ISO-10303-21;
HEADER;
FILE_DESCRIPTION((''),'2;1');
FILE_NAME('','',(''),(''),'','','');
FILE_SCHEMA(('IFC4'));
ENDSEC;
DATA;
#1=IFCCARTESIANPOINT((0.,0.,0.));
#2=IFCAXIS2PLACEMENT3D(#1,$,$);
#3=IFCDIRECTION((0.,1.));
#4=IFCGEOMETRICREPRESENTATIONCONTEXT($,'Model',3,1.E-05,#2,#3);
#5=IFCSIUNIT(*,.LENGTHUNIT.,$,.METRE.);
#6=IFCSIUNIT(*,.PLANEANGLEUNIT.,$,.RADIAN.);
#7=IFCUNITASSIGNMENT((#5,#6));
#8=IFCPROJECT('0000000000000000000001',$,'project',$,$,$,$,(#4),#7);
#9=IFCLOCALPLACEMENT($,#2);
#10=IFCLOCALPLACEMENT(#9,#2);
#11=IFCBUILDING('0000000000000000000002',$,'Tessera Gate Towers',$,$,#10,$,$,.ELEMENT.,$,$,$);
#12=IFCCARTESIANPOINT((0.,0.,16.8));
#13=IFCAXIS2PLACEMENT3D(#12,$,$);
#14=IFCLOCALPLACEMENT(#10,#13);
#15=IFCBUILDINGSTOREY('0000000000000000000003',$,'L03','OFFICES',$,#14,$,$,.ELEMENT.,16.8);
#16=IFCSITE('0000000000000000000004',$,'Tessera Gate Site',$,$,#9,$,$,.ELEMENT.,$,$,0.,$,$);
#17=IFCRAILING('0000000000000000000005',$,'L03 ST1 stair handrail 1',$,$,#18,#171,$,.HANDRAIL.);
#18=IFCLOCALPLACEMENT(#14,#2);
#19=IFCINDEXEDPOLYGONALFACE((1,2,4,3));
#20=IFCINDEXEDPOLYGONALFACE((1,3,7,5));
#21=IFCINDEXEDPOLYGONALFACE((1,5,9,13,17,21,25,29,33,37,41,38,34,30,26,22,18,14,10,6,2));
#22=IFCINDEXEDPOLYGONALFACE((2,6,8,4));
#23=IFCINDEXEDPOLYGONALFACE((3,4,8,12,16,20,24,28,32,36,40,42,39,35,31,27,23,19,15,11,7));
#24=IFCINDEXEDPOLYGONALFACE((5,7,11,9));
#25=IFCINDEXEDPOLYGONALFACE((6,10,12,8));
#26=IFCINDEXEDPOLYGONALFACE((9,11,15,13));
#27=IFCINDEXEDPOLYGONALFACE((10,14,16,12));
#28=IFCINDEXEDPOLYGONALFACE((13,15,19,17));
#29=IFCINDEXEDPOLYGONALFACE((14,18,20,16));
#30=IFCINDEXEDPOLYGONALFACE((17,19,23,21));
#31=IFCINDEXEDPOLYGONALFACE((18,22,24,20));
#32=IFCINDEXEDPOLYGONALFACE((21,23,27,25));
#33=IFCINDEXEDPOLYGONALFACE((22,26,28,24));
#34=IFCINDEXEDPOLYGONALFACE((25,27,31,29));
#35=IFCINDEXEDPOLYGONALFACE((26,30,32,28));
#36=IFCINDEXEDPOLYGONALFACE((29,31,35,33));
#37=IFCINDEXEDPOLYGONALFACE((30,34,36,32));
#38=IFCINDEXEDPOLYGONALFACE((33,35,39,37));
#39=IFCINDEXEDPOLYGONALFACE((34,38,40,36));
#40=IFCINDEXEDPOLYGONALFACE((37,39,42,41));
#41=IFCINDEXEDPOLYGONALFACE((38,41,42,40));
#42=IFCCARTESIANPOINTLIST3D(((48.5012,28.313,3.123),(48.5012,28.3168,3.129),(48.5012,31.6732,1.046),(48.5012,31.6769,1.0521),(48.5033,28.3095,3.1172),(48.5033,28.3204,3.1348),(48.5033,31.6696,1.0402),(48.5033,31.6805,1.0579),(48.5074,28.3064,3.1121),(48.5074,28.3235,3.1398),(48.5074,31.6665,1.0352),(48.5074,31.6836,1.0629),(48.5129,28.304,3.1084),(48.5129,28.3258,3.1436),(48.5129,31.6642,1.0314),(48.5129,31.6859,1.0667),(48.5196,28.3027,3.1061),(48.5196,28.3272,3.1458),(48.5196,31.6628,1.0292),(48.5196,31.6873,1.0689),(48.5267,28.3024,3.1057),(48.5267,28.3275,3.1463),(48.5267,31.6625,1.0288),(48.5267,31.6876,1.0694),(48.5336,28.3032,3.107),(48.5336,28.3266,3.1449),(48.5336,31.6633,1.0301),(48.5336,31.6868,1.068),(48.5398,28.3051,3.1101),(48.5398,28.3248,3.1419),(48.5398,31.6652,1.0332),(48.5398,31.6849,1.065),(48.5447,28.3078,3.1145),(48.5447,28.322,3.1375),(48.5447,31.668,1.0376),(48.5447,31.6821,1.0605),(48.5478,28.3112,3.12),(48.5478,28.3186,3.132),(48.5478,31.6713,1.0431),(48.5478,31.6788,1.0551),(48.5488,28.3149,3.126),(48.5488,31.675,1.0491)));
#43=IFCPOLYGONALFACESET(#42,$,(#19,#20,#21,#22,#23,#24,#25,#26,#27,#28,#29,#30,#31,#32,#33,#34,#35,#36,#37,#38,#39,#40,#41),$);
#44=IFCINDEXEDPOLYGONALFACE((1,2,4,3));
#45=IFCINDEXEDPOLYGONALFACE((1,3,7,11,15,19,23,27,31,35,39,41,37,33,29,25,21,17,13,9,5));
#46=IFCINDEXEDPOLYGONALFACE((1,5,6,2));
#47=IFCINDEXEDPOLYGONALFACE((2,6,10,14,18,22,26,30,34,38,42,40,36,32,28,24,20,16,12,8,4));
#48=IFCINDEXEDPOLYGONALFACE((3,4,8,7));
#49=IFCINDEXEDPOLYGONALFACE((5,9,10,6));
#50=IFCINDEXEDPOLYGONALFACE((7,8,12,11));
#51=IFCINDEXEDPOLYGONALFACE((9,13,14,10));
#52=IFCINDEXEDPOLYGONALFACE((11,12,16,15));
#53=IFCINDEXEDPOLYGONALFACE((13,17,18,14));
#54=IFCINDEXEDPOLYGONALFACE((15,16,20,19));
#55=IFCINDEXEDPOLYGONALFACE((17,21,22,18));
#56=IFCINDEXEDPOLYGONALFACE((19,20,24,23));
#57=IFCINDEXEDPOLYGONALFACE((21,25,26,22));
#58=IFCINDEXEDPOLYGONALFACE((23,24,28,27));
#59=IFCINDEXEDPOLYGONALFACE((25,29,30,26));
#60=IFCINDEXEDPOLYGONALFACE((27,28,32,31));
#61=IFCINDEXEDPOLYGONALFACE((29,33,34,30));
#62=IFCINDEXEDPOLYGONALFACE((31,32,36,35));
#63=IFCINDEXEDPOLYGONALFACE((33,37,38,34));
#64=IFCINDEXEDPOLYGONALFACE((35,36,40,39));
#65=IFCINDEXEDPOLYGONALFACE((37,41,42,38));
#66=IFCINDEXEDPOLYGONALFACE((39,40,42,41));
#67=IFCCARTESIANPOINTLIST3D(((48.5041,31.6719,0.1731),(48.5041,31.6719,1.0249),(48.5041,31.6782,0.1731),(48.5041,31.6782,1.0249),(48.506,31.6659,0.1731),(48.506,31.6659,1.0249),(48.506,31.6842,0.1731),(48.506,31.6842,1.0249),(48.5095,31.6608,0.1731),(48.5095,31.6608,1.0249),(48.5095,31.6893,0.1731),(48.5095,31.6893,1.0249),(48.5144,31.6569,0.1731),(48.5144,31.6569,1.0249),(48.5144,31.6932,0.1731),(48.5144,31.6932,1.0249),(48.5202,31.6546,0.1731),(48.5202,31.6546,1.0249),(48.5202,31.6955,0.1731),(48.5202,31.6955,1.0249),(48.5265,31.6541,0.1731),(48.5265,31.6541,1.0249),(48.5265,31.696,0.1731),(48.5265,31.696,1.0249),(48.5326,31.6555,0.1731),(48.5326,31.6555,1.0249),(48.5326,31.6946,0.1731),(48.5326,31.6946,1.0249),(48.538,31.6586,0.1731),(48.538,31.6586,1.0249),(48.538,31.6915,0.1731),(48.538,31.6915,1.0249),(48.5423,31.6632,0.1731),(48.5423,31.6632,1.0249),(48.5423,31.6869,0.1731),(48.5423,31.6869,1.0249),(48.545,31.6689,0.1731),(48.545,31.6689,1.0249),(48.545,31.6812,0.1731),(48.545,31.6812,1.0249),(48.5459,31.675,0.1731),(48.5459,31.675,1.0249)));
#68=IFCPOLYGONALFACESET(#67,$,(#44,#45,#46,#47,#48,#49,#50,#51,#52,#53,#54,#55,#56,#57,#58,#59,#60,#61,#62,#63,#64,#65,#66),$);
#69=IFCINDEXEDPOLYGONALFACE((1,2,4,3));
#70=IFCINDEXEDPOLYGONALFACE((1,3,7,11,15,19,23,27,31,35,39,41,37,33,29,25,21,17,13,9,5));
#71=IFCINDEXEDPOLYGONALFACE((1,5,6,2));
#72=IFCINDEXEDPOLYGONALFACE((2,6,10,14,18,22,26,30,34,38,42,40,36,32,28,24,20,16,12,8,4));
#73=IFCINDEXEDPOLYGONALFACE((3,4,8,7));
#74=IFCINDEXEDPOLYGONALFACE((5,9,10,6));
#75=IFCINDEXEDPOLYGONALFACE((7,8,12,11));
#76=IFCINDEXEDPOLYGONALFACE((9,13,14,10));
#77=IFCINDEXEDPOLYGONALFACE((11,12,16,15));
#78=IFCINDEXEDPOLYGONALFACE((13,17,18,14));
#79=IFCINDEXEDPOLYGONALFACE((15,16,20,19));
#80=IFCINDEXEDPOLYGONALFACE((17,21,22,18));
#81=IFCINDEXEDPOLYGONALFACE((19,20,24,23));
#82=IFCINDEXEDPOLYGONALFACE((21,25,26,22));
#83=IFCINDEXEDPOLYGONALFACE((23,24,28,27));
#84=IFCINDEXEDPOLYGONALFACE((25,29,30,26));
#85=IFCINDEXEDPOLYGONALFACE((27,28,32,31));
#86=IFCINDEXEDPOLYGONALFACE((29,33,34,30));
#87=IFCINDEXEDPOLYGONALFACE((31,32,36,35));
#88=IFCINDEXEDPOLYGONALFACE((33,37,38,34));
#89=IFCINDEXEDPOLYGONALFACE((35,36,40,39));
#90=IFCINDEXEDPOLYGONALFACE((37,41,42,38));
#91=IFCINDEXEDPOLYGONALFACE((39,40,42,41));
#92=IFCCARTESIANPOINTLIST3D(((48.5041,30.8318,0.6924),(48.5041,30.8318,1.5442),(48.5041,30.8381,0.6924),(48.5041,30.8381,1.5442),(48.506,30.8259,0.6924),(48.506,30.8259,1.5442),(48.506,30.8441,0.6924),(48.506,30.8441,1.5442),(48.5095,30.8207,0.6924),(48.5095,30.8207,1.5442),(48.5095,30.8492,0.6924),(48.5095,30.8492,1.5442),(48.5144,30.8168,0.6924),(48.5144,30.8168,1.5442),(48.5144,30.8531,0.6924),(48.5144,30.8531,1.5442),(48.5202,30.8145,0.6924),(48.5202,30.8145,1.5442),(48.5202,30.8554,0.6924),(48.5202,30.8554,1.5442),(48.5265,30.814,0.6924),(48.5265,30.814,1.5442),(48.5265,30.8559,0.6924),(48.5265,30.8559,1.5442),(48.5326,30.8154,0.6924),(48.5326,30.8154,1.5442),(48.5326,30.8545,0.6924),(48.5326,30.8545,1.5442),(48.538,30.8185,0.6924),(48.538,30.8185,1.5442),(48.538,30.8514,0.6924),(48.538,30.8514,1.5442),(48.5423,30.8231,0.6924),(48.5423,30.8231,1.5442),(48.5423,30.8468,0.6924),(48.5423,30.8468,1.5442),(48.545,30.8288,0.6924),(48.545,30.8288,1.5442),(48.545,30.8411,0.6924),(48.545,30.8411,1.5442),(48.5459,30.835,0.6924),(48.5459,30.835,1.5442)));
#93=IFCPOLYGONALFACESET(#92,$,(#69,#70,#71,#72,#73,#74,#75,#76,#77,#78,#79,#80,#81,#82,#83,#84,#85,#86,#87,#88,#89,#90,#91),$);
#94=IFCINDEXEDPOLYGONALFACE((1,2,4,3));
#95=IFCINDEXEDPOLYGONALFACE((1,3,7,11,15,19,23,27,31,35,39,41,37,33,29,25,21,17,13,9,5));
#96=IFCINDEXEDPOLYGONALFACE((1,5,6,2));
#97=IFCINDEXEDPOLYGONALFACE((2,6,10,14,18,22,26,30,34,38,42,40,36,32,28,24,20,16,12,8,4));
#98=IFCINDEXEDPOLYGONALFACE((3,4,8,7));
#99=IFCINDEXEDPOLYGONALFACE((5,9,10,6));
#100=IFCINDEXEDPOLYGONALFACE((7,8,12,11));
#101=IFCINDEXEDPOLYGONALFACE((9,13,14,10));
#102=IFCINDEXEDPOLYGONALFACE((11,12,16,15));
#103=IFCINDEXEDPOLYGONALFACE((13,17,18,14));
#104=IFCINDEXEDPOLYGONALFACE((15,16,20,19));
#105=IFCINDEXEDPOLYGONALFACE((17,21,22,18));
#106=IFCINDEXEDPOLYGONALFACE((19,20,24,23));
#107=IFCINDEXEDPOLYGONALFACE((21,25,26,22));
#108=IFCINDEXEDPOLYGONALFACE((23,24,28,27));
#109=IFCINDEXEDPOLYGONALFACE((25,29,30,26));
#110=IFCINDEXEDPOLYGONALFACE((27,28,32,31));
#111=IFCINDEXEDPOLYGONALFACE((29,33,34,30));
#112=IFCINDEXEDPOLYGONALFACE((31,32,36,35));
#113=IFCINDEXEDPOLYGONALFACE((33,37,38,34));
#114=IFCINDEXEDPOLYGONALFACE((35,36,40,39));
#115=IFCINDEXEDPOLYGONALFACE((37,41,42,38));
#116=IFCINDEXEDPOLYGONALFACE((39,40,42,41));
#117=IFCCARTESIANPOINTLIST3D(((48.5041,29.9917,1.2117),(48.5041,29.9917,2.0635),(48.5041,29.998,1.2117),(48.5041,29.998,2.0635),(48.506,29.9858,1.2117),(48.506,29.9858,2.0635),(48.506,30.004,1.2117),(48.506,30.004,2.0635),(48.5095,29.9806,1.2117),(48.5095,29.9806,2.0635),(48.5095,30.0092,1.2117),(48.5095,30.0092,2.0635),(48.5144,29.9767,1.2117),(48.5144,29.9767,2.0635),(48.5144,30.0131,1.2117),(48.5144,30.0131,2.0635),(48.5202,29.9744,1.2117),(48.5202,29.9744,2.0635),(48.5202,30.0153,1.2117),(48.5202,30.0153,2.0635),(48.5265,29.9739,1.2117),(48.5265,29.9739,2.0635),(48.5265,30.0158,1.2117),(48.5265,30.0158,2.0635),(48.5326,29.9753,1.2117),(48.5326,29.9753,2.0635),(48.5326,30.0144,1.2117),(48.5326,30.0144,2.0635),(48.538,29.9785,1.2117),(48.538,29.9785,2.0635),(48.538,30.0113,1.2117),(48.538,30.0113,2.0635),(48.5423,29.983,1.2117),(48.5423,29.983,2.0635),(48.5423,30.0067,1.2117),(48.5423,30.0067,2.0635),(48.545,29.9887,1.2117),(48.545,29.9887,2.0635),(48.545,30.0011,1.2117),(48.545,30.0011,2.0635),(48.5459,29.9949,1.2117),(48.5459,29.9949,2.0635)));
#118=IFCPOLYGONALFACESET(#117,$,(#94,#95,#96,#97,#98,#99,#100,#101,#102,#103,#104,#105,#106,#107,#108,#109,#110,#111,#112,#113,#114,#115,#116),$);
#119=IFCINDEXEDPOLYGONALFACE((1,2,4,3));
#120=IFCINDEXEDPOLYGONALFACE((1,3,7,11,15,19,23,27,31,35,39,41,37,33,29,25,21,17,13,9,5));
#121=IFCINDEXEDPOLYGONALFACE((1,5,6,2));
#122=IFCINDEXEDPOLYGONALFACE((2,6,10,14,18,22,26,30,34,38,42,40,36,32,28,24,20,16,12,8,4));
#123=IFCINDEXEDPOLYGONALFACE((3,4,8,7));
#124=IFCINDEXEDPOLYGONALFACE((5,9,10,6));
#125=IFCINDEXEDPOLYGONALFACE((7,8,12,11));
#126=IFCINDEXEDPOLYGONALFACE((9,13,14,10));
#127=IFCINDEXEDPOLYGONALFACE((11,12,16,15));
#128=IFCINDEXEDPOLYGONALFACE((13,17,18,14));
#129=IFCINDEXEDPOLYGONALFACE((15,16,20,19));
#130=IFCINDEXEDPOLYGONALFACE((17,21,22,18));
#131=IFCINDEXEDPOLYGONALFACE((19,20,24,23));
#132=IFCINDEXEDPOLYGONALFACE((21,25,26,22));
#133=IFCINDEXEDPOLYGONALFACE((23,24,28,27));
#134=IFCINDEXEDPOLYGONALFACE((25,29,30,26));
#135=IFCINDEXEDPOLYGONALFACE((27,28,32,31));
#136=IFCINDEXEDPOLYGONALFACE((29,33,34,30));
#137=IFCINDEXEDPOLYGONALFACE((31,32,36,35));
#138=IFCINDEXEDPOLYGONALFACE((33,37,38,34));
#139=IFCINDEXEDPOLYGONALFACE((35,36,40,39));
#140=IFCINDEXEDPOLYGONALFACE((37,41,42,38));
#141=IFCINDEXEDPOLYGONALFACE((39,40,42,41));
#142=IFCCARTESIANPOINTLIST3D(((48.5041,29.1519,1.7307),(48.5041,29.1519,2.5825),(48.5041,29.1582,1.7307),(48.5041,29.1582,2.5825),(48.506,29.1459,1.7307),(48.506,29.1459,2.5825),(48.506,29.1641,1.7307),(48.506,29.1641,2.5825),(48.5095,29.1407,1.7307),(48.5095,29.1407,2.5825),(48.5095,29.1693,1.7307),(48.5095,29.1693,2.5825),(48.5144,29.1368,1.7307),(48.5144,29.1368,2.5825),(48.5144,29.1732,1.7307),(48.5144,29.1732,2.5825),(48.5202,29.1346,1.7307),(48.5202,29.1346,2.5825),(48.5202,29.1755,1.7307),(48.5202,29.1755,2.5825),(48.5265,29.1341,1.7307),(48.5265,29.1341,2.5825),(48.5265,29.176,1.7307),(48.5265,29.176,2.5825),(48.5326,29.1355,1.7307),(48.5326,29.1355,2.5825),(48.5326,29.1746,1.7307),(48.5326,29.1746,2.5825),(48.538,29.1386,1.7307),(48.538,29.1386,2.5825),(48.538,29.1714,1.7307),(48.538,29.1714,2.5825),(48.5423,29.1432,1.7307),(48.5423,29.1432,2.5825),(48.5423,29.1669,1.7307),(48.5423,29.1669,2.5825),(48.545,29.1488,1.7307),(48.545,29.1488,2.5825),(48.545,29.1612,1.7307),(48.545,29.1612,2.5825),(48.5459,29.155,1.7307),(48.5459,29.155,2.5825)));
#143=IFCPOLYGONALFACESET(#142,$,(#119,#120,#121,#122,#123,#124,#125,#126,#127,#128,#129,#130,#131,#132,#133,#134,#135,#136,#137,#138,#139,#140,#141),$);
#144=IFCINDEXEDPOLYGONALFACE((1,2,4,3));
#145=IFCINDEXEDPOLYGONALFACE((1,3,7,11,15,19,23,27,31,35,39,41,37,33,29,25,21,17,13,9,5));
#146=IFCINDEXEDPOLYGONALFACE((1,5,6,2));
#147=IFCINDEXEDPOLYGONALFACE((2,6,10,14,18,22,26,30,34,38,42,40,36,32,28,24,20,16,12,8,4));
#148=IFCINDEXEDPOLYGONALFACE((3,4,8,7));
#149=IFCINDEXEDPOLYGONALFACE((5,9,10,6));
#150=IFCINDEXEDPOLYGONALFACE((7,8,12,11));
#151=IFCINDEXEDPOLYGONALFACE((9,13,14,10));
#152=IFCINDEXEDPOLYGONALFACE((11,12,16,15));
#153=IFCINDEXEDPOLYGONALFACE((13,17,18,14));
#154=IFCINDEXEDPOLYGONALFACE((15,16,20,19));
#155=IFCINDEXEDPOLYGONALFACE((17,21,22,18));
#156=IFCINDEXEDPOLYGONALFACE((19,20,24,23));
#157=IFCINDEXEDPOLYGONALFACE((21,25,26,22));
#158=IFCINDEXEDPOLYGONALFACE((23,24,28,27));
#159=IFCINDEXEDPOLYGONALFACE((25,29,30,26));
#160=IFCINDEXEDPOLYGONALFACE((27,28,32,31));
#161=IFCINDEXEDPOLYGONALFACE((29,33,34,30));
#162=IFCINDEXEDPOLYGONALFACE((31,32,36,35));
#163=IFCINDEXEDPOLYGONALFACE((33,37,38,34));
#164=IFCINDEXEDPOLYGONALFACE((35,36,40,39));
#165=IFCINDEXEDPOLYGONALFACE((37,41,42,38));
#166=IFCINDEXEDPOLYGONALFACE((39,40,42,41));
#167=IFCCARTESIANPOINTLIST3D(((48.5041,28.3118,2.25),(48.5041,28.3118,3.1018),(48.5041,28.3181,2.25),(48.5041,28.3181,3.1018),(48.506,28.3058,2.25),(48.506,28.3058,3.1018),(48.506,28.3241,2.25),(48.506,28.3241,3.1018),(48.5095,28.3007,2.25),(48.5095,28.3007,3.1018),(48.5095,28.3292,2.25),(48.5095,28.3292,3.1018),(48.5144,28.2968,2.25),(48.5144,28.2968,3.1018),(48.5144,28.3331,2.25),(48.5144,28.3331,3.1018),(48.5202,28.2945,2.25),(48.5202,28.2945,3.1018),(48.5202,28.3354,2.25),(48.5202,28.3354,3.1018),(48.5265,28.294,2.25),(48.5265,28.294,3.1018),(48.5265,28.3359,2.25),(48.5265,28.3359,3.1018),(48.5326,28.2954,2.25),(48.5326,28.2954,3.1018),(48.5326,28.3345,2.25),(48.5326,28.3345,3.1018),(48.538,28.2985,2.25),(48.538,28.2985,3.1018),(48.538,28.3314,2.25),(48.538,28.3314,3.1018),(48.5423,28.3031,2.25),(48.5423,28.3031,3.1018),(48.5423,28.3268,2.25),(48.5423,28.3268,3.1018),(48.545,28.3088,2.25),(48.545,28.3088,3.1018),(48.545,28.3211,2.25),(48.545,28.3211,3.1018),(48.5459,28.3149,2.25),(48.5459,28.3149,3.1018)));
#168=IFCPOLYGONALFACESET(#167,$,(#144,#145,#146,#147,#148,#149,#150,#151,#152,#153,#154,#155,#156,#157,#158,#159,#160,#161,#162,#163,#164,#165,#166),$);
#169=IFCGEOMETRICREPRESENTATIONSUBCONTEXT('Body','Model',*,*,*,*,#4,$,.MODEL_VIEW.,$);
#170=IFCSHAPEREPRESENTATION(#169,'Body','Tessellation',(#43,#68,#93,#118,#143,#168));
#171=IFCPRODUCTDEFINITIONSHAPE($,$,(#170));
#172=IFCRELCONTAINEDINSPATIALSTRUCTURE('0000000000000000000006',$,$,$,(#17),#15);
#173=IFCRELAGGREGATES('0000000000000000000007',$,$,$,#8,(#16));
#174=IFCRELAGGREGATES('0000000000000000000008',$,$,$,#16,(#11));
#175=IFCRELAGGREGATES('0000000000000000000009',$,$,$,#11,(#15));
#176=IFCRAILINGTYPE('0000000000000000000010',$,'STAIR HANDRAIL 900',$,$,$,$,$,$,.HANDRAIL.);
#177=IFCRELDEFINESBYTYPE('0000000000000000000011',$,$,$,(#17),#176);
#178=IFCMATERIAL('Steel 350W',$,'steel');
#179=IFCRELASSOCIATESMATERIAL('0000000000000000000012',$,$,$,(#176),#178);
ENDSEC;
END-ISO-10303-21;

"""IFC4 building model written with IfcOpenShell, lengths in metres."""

from ifc_helpers import new_model, si_unit, direction, frame, origin, origin_2d, place, context, subcontext, project, spatial, circle, extrude, material, type_object, element, save


model = new_model("IFC4")

# Units and contexts
model_context = context("Model", 3, precision=1e-05, world=origin(), true_north=direction((0.0, 1.0)))
body_context = subcontext(model_context, "Body", "Model", "MODEL_VIEW")
ifc_project = project(units=[si_unit("LENGTHUNIT", "METRE"), si_unit("PLANEANGLEUNIT", "RADIAN")], contexts=[model_context])

# Site, building, storey
site_placement = place(None, origin())
site = spatial("IfcSite", under=ifc_project, at=site_placement, Name="Tessera Gate Site", CompositionType="ELEMENT", RefElevation=0.0)
building_placement = place(site_placement, origin())
building = spatial("IfcBuilding", under=site, at=building_placement, Name="Tessera Gate Towers", CompositionType="ELEMENT")
storey_placement = place(building_placement, frame((0.0, 0.0, 16.8)))
storey = spatial("IfcBuildingStorey", under=building, at=storey_placement, Name="L03", Description="OFFICES", CompositionType="ELEMENT", Elevation=16.8)

# Railing
ifc_material_1 = material(Name="Steel 350W", Category="steel")
railing_type_1 = type_object("IfcRailingType", Name="STAIR HANDRAIL 900", PredefinedType="HANDRAIL", material=ifc_material_1)
railing_1_placement = place(storey_placement, frame((48.5249, 31.675, 0.1731)))
element("IfcRailing", 1, at=railing_1_placement, inside=storey, type_object=railing_type_1, Name="L03 ST1 stair handrail 1", PredefinedType="HANDRAIL", context=body_context, shape_type="SweptSolid", body=[
    extrude(circle(Radius=0.0239, at=origin_2d()), frame((0.0, 0.0, 0.876), z_axis=(0.0, -0.850623, 0.525776), x_axis=(1.0, 0.0, 0.0)), (0.0, 0.0, 1.0), 3.9502),
    extrude(circle(Radius=0.021, at=origin_2d()), origin(), (0.0, 0.0, 1.0), 0.8518),
    extrude(circle(Radius=0.021, at=origin_2d()), frame((0.0, -0.8401, 0.5193)), (0.0, 0.0, 1.0), 0.8518),
    extrude(circle(Radius=0.021, at=origin_2d()), frame((0.0, -1.6802, 1.0386)), (0.0, 0.0, 1.0), 0.8518),
    extrude(circle(Radius=0.021, at=origin_2d()), frame((0.0, -2.52, 1.5576)), (0.0, 0.0, 1.0), 0.8518),
    extrude(circle(Radius=0.021, at=origin_2d()), frame((0.0, -3.3601, 2.0769)), (0.0, 0.0, 1.0), 0.8518),
])

save(model, "model.ifc")
